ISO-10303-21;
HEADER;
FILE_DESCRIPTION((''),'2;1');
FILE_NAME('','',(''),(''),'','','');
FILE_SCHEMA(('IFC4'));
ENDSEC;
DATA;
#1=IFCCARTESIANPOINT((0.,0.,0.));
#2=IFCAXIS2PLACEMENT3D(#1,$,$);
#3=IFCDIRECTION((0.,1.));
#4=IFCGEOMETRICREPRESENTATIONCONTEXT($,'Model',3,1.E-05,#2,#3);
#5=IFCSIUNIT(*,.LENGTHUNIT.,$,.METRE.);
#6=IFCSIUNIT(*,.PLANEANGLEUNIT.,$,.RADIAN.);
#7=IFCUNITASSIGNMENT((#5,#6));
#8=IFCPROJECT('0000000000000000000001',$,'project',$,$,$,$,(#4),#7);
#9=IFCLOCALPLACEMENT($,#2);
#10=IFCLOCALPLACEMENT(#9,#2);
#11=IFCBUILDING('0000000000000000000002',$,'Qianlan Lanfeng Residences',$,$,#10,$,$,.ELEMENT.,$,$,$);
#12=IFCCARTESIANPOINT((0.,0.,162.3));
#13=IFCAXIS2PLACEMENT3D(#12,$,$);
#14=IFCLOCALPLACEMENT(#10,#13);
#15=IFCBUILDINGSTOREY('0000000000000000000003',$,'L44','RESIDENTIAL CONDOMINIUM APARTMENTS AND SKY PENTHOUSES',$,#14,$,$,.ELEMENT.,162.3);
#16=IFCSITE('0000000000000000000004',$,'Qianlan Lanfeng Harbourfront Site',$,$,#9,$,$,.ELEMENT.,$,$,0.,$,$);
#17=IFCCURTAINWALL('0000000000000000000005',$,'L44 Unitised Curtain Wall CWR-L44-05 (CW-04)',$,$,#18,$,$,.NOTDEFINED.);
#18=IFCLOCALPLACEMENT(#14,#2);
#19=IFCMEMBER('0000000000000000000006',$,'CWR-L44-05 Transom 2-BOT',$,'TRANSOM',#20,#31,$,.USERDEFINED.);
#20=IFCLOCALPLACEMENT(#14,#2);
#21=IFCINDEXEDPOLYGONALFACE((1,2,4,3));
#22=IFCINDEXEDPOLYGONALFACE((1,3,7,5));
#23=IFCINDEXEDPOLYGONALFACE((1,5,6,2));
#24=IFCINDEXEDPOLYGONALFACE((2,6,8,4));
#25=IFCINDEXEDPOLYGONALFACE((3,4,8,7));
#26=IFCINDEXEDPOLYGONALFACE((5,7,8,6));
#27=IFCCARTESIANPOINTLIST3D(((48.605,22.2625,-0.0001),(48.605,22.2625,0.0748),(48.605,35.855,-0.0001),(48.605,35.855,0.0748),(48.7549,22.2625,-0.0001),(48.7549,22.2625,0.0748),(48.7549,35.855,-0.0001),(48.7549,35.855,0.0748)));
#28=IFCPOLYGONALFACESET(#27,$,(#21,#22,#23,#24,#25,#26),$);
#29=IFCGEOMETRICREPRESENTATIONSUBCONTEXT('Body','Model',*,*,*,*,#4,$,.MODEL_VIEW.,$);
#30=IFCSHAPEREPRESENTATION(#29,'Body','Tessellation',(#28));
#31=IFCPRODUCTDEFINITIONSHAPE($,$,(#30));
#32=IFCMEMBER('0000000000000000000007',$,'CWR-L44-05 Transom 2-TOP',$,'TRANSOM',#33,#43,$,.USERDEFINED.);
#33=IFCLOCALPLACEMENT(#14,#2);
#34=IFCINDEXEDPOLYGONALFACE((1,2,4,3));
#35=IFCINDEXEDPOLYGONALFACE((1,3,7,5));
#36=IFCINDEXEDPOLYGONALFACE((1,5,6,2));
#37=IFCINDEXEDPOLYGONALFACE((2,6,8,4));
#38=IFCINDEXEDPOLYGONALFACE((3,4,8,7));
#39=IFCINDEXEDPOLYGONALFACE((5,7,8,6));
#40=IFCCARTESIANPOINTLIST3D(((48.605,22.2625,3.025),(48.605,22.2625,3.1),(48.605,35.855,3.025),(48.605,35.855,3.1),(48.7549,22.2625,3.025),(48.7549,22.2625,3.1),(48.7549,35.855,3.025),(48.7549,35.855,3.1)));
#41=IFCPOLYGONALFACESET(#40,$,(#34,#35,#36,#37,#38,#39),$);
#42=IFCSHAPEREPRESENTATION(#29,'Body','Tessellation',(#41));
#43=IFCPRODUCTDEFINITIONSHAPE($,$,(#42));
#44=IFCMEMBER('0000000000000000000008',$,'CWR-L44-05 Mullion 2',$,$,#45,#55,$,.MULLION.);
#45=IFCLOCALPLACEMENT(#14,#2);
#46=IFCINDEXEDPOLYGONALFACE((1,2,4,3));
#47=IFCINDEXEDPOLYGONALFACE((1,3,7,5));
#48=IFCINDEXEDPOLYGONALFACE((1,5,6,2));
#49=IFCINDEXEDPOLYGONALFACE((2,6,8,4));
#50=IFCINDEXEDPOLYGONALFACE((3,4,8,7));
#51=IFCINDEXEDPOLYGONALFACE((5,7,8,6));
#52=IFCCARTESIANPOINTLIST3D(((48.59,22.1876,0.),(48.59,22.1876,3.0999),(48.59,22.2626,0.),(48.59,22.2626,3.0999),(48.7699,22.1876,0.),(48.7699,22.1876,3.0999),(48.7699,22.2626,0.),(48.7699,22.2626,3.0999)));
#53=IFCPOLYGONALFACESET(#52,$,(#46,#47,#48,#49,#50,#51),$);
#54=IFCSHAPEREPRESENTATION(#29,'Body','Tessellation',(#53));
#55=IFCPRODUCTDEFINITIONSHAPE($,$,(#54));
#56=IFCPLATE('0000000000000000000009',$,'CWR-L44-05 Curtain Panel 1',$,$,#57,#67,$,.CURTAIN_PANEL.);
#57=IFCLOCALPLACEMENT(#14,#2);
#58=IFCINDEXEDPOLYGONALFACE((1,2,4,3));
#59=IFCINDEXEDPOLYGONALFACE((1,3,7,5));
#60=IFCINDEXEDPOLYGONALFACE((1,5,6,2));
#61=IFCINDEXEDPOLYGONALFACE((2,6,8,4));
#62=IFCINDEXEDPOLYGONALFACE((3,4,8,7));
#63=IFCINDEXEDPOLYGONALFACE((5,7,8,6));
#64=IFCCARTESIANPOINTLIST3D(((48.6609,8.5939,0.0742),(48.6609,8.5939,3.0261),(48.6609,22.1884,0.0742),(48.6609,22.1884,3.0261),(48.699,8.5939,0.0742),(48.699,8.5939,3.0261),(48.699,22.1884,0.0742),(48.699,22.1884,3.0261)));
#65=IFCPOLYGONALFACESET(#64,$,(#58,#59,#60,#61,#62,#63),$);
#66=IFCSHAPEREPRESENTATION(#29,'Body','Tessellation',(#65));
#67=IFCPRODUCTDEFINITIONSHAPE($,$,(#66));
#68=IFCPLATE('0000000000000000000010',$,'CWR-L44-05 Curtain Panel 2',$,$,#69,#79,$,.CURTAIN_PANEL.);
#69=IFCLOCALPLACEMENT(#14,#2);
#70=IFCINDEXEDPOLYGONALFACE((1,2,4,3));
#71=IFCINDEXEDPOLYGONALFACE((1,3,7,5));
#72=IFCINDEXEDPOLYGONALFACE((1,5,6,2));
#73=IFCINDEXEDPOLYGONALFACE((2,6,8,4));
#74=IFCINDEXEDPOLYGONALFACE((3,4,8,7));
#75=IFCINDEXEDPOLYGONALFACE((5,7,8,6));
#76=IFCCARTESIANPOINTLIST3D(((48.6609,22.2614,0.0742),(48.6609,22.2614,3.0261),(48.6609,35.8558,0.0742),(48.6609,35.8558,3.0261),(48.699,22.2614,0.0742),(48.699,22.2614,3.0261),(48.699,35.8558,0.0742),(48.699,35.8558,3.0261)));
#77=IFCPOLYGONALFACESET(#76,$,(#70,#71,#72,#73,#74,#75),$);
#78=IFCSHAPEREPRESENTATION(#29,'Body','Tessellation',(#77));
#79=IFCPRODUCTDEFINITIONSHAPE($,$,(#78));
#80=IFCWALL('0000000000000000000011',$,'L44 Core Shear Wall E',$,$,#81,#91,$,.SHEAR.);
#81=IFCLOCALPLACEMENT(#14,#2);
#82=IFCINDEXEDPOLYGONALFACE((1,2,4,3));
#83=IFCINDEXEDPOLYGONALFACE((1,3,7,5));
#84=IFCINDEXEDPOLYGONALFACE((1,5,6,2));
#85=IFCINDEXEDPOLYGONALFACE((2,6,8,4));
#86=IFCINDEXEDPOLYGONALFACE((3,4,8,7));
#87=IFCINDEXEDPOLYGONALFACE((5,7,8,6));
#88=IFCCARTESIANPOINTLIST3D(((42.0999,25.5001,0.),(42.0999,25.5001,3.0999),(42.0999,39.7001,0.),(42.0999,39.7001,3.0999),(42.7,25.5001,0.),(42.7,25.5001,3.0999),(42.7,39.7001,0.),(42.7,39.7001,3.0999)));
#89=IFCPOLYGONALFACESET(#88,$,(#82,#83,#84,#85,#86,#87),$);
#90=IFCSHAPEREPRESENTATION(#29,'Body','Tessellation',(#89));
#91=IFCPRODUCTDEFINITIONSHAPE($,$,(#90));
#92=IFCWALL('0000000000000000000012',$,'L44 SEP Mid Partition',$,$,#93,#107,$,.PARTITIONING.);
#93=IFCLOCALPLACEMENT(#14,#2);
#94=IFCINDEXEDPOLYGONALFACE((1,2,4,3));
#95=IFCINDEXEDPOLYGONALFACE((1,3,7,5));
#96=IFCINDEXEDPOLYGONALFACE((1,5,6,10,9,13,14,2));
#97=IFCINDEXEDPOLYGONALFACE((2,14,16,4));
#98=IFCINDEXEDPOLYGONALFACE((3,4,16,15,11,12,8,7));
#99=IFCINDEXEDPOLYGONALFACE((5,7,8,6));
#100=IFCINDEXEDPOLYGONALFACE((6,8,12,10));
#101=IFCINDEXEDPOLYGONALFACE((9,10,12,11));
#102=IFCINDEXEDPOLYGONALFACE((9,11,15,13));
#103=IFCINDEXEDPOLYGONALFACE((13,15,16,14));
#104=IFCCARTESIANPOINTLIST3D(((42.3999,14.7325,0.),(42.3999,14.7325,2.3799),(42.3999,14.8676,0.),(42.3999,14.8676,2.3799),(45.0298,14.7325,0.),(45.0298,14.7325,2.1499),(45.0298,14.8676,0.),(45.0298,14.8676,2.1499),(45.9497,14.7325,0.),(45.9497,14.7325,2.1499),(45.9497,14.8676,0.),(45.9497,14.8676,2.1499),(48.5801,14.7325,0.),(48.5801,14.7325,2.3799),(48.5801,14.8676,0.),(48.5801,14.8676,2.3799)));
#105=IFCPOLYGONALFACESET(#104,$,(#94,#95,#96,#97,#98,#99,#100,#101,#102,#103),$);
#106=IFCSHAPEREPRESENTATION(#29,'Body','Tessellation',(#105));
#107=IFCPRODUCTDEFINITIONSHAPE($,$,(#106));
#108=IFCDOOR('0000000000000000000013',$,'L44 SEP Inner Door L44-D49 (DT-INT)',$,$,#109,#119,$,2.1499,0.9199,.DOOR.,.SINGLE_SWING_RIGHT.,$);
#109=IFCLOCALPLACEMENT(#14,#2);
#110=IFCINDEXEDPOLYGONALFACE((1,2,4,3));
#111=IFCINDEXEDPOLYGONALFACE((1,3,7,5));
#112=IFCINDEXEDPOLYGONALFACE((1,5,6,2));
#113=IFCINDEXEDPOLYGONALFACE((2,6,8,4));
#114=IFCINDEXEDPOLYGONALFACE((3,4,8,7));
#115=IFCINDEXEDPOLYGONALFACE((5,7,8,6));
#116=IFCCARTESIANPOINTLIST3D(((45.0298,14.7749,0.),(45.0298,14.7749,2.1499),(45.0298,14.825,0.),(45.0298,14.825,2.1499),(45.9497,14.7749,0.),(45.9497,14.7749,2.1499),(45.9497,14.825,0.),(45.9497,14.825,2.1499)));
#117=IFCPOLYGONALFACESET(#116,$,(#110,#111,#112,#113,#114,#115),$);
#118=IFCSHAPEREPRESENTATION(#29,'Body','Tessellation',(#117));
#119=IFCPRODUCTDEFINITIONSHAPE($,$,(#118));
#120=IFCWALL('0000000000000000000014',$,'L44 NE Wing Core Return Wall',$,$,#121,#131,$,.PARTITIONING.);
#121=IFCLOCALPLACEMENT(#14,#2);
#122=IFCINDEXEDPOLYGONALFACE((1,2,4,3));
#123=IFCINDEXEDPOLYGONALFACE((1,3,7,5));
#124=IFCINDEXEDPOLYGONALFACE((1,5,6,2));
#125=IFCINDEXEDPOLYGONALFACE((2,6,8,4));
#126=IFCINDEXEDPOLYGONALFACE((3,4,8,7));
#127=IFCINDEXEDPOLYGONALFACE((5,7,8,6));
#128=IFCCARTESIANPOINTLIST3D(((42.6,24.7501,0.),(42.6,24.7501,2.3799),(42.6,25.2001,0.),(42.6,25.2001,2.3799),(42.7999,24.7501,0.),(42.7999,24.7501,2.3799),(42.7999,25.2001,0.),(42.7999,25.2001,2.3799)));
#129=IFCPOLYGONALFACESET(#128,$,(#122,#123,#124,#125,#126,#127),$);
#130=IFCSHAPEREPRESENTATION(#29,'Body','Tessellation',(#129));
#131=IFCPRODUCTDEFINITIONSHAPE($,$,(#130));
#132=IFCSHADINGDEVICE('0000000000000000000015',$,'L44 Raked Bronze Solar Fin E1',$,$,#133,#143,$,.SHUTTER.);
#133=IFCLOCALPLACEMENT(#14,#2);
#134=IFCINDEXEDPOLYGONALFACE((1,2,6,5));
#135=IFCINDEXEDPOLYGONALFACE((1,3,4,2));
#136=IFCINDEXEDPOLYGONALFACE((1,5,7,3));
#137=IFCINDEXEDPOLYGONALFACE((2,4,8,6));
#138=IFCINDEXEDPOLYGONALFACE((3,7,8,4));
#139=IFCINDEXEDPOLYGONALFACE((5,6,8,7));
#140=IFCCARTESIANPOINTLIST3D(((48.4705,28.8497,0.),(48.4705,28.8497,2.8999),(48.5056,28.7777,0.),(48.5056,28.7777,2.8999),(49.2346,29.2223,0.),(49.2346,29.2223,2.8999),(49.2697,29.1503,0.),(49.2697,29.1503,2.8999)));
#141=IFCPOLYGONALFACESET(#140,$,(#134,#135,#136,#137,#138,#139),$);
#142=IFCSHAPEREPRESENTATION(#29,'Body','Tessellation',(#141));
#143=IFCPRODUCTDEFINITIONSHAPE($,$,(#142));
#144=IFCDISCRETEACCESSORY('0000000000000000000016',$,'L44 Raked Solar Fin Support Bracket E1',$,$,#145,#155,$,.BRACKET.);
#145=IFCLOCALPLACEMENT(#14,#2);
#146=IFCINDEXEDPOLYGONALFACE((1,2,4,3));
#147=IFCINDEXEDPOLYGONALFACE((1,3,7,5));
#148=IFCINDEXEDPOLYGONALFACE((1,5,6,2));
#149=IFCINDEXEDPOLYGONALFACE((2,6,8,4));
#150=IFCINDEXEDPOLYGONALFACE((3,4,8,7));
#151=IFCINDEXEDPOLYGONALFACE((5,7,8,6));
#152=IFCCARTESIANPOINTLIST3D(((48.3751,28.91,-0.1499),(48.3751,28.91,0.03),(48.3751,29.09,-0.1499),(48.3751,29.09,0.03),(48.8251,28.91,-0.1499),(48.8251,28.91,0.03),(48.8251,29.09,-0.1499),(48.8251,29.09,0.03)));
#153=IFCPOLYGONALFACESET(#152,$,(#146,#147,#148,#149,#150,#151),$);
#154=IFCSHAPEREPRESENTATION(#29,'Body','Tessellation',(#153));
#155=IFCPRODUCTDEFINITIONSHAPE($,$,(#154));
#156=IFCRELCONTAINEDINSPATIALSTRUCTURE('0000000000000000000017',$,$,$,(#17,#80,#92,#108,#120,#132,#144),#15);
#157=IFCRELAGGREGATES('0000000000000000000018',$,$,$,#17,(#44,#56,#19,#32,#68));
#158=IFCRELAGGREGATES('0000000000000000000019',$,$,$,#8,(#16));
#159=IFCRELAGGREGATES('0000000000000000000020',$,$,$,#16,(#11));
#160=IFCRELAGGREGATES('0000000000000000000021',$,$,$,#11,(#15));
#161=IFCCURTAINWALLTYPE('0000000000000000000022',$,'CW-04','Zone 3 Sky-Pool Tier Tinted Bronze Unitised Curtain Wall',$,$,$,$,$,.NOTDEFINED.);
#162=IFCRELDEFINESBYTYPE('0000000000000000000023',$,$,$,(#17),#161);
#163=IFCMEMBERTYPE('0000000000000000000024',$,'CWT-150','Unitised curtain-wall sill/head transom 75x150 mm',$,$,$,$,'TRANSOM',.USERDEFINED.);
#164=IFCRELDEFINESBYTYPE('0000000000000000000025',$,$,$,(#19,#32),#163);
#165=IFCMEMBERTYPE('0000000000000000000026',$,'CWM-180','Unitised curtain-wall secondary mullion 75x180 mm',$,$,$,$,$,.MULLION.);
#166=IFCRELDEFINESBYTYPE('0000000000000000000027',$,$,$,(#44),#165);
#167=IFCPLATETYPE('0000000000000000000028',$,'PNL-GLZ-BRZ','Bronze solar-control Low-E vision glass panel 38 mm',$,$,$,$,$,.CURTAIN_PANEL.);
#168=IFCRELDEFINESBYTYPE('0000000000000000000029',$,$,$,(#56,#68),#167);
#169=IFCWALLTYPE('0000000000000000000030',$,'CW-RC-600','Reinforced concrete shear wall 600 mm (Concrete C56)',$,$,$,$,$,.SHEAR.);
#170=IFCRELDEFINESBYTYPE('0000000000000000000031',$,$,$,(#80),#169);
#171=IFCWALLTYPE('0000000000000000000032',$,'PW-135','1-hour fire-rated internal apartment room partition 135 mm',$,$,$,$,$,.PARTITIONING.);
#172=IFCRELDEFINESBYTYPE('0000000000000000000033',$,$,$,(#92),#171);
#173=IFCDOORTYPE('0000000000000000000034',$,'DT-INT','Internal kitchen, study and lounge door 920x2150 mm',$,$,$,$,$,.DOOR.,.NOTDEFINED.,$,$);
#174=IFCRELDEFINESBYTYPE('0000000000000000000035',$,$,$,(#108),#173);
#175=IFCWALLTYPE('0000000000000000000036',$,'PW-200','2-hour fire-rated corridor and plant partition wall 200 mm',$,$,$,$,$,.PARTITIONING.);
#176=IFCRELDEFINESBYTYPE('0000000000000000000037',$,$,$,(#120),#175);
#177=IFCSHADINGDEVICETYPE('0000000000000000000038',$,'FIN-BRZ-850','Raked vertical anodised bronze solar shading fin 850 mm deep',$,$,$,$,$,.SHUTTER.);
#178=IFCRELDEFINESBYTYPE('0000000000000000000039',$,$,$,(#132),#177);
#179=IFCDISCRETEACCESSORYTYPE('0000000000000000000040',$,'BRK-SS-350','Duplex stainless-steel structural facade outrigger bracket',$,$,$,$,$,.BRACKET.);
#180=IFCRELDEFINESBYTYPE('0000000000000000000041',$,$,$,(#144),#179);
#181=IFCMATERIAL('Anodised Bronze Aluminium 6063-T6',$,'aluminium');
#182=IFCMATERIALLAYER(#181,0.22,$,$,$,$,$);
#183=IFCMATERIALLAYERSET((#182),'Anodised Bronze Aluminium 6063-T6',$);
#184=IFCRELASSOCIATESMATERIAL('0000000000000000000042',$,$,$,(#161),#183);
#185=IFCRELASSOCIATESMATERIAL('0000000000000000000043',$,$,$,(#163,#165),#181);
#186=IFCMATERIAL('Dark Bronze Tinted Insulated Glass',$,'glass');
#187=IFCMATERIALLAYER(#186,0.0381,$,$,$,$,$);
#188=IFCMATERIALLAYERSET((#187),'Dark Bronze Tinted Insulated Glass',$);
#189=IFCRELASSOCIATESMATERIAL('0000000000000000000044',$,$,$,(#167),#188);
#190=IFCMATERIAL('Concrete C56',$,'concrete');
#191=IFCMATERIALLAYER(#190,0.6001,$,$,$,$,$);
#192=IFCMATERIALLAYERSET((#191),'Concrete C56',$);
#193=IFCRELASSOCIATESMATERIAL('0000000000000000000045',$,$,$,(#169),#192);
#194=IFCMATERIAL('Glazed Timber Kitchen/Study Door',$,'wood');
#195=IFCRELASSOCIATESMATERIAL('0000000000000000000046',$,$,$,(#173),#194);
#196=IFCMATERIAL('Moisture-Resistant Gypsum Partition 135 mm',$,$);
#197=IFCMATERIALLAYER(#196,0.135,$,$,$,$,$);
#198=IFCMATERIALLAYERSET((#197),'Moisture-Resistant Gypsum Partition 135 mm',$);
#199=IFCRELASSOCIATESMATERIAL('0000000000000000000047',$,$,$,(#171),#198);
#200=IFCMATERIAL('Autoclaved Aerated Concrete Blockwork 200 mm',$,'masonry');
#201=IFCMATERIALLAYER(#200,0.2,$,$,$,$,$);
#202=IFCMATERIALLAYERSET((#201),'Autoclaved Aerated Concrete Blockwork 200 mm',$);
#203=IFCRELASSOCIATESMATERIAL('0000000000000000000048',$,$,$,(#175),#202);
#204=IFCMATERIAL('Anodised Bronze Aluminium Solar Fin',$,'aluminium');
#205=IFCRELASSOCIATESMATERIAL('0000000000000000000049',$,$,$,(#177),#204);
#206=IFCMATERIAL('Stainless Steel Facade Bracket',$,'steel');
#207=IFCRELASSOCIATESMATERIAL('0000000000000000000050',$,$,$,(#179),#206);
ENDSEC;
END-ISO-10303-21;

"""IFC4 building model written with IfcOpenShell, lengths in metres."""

from ifc_helpers import new_model, si_unit, direction, frame, frame_2d, origin, origin_2d, place, context, subcontext, project, spatial, rectangle, extrude, source, transform, mapped, material, layer, layer_set, material_profile, profile_set, type_object, element, fill, aggregate, save


model = new_model("IFC4")

# Units and contexts
model_context = context("Model", 3, precision=1e-05, world=origin(), true_north=direction((0.0, 1.0)))
body_context = subcontext(model_context, "Body", "Model", "MODEL_VIEW")
ifc_project = project(units=[si_unit("LENGTHUNIT", "METRE"), si_unit("PLANEANGLEUNIT", "RADIAN")], contexts=[model_context])

# Site, building, storey
site_placement = place(None, origin())
site = spatial("IfcSite", under=ifc_project, at=site_placement, Name="Qianlan Lanfeng Harbourfront Site", CompositionType="ELEMENT", RefElevation=0.0)
building_placement = place(site_placement, origin())
building = spatial("IfcBuilding", under=site, at=building_placement, Name="Qianlan Lanfeng Residences", CompositionType="ELEMENT")
storey_placement = place(building_placement, frame((0.0, 0.0, 162.3)))
storey = spatial("IfcBuildingStorey", under=building, at=storey_placement, Name="L44", Description="RESIDENTIAL CONDOMINIUM APARTMENTS AND SKY PENTHOUSES", CompositionType="ELEMENT", Elevation=162.3)

# Curtain wall, members, plates
ifc_material_1 = material(Name="Anodised Bronze Aluminium 6063-T6", Category="aluminium")
ifc_layer_1 = layer(ifc_material_1, 0.22)
ifc_layer_set_1 = layer_set([ifc_layer_1], Name="Anodised Bronze Aluminium 6063-T6")
curtain_wall_type = type_object("IfcCurtainWallType", Name="CW-04", Description="Zone 3 Sky-Pool Tier Tinted Bronze Unitised Curtain Wall", PredefinedType="NOTDEFINED", material=ifc_layer_set_1)
curtain_wall_placement = place(storey_placement, origin())
curtain_wall = element("IfcCurtainWall", 1, at=curtain_wall_placement, inside=storey, type_object=curtain_wall_type, Name="L44 Unitised Curtain Wall CWR-L44-05 (CW-04)", PredefinedType="NOTDEFINED")
ifc_material_profile_1 = material_profile(ifc_material_1, rectangle(XDim=0.075, YDim=0.1499, at=origin_2d()), Name="ALU TRANSOM 75x150")
ifc_profile_set_1 = profile_set([ifc_material_profile_1], Name="Anodised Bronze Aluminium 6063-T6")
member_type_1 = type_object("IfcMemberType", Name="CWT-150", Description="Unitised curtain-wall sill/head transom 75x150 mm", ElementType="TRANSOM", PredefinedType="USERDEFINED", material=ifc_profile_set_1)
shared_shape_1 = source(origin(), body_context, "Body", "SweptSolid", [
    extrude(rectangle(XDim=0.075, YDim=0.1499, at=origin_2d()), origin(), (0.0, 0.0, 1.0), 13.5925),
])
member_1_placement = place(storey_placement, frame((48.6799, 22.2625, 0.0374), z_axis=(0.0, 1.0, 0.0), x_axis=(0.0, 0.0, 1.0)))
member_1 = element("IfcMember", 2, at=member_1_placement, type_object=member_type_1, Name="CWR-L44-05 Transom 2-BOT", ObjectType="TRANSOM", PredefinedType="USERDEFINED", context=body_context, shape_type="MappedRepresentation", body=[
    mapped(shared_shape_1, transform((0.0, 0.0, 0.0), scale=1.0)),
])
member_2_placement = place(storey_placement, frame((48.6799, 22.2625, 3.0625), z_axis=(0.0, 1.0, 0.0), x_axis=(0.0, 0.0, 1.0)))
member_2 = element("IfcMember", 3, at=member_2_placement, type_object=member_type_1, Name="CWR-L44-05 Transom 2-TOP", ObjectType="TRANSOM", PredefinedType="USERDEFINED", context=body_context, shape_type="MappedRepresentation", body=[
    mapped(shared_shape_1, transform((0.0, 0.0, 0.0), scale=1.0)),
])
ifc_material_profile_2 = material_profile(ifc_material_1, rectangle(XDim=0.075, YDim=0.1799, at=origin_2d()), Name="ALU MULLION 75x180")
ifc_profile_set_2 = profile_set([ifc_material_profile_2], Name="Anodised Bronze Aluminium 6063-T6")
member_type_2 = type_object("IfcMemberType", Name="CWM-180", Description="Unitised curtain-wall secondary mullion 75x180 mm", PredefinedType="MULLION", material=ifc_profile_set_2)
shared_shape_2 = source(origin(), body_context, "Body", "SweptSolid", [
    extrude(rectangle(XDim=0.075, YDim=0.1799, at=origin_2d()), origin(), (0.0, 0.0, 1.0), 3.0999),
])
member_3_placement = place(storey_placement, frame((48.6799, 22.2251, 0.0), z_axis=(0.0, 0.0, 1.0), x_axis=(0.0, 1.0, 0.0)))
member_3 = element("IfcMember", 4, at=member_3_placement, type_object=member_type_2, Name="CWR-L44-05 Mullion 2", PredefinedType="MULLION", context=body_context, shape_type="MappedRepresentation", body=[
    mapped(shared_shape_2, transform((0.0, 0.0, 0.0), scale=1.0)),
])
ifc_material_2 = material(Name="Dark Bronze Tinted Insulated Glass", Category="glass")
ifc_layer_2 = layer(ifc_material_2, 0.0381)
ifc_layer_set_2 = layer_set([ifc_layer_2], Name="Dark Bronze Tinted Insulated Glass")
plate_type = type_object("IfcPlateType", Name="PNL-GLZ-BRZ", Description="Bronze solar-control Low-E vision glass panel 38 mm", PredefinedType="CURTAIN_PANEL", material=ifc_layer_set_2)
shared_shape_3 = source(origin(), body_context, "Body", "SweptSolid", [
    extrude(rectangle(XDim=13.5945, YDim=0.0381, at=origin_2d()), origin(), (0.0, 0.0, 1.0), 2.9519),
])
plate_1_placement = place(storey_placement, frame((48.6799, 15.3911, 0.0742), z_axis=(0.0, 0.0, 1.0), x_axis=(0.0, 1.0, 0.0)))
plate_1 = element("IfcPlate", 5, at=plate_1_placement, type_object=plate_type, Name="CWR-L44-05 Curtain Panel 1", PredefinedType="CURTAIN_PANEL", context=body_context, shape_type="MappedRepresentation", body=[
    mapped(shared_shape_3, transform((0.0, 0.0, 0.0), scale=1.0)),
])
plate_2_placement = place(storey_placement, frame((48.6799, 29.0586, 0.0742), z_axis=(0.0, 0.0, 1.0), x_axis=(0.0, 1.0, 0.0)))
plate_2 = element("IfcPlate", 6, at=plate_2_placement, type_object=plate_type, Name="CWR-L44-05 Curtain Panel 2", PredefinedType="CURTAIN_PANEL", context=body_context, shape_type="MappedRepresentation", body=[
    mapped(shared_shape_3, transform((0.0, 0.0, 0.0), scale=1.0)),
])
aggregate(curtain_wall, [member_3, plate_1, member_1, member_2, plate_2])

# Wall
ifc_material_3 = material(Name="Concrete C56", Category="concrete")
ifc_layer_3 = layer(ifc_material_3, 0.6001)
ifc_layer_set_3 = layer_set([ifc_layer_3], Name="Concrete C56")
wall_type_1 = type_object("IfcWallType", Name="CW-RC-600", Description="Reinforced concrete shear wall 600 mm (Concrete C56)", PredefinedType="SHEAR", material=ifc_layer_set_3)
wall_1_placement = place(storey_placement, frame((42.3999, 25.5, 0.0), z_axis=(0.0, 0.0, 1.0), x_axis=(0.0, 1.0, 0.0)))
element("IfcWall", 7, at=wall_1_placement, inside=storey, type_object=wall_type_1, Name="L44 Core Shear Wall E", PredefinedType="SHEAR", context=body_context, shape_type="SweptSolid", body=[
    extrude(rectangle(XDim=14.2, YDim=0.6001, at=frame_2d((7.1001, 0.0))), origin(), (0.0, 0.0, 1.0), 3.0999),
])

# Wall, opening, door
ifc_material_4 = material(Name="Glazed Timber Kitchen/Study Door", Category="wood")
door_type = type_object("IfcDoorType", Name="DT-INT", Description="Internal kitchen, study and lounge door 920x2150 mm", OperationType="NOTDEFINED", PredefinedType="DOOR", material=ifc_material_4)
ifc_material_5 = material(Name="Moisture-Resistant Gypsum Partition 135 mm")
ifc_layer_4 = layer(ifc_material_5, 0.135)
ifc_layer_set_4 = layer_set([ifc_layer_4], Name="Moisture-Resistant Gypsum Partition 135 mm")
wall_type_2 = type_object("IfcWallType", Name="PW-135", Description="1-hour fire-rated internal apartment room partition 135 mm", PredefinedType="PARTITIONING", material=ifc_layer_set_4)
wall_2_placement = place(storey_placement, frame((42.3999, 14.8, 0.0), z_axis=(0.0, 0.0, 1.0), x_axis=(1.0, 0.0, 0.0)))
wall_2 = element("IfcWall", 8, at=wall_2_placement, inside=storey, type_object=wall_type_2, Name="L44 SEP Mid Partition", PredefinedType="PARTITIONING", context=body_context, shape_type="SweptSolid", body=[
    extrude(rectangle(XDim=6.1802, YDim=0.135, at=frame_2d((3.0901, 0.0))), origin(), (0.0, 0.0, 1.0), 2.3799),
])
opening_1_placement = place(wall_2_placement, frame((2.6299, 0.0, 0.0)))
opening_1 = element("IfcOpeningElement", 9, at=opening_1_placement, cuts=wall_2, PredefinedType="OPENING", context=body_context, shape_type="SweptSolid", body=[
    extrude(rectangle(XDim=0.9199, YDim=2.1499, at=frame_2d((0.46, 1.075))), frame((0.0, 0.0776, 0.0), z_axis=(0.0, -1.0, 0.0), x_axis=(1.0, 0.0, 0.0)), (0.0, 0.0, 1.0), 0.155),
])
door_1_placement = place(opening_1_placement, origin())
door_1 = element("IfcDoor", 10, at=door_1_placement, inside=storey, type_object=door_type, Name="L44 SEP Inner Door L44-D49 (DT-INT)", OperationType="SINGLE_SWING_RIGHT", OverallHeight=2.1499, OverallWidth=0.9199, PredefinedType="DOOR", context=body_context, shape_type="SweptSolid", body=[
    extrude(rectangle(XDim=0.9199, YDim=2.1499, at=frame_2d((0.46, 1.075))), frame((0.0, 0.0249, 0.0), z_axis=(0.0, -1.0, 0.0), x_axis=(1.0, 0.0, 0.0)), (0.0, 0.0, 1.0), 0.05),
])
fill(opening_1, door_1)
ifc_material_6 = material(Name="Autoclaved Aerated Concrete Blockwork 200 mm", Category="masonry")
ifc_layer_5 = layer(ifc_material_6, 0.2)
ifc_layer_set_5 = layer_set([ifc_layer_5], Name="Autoclaved Aerated Concrete Blockwork 200 mm")
wall_type_3 = type_object("IfcWallType", Name="PW-200", Description="2-hour fire-rated corridor and plant partition wall 200 mm", PredefinedType="PARTITIONING", material=ifc_layer_set_5)

# Wall
wall_3_placement = place(storey_placement, frame((42.7, 24.75, 0.0), z_axis=(0.0, 0.0, 1.0), x_axis=(0.0, 1.0, 0.0)))
element("IfcWall", 11, at=wall_3_placement, inside=storey, type_object=wall_type_3, Name="L44 NE Wing Core Return Wall", PredefinedType="PARTITIONING", context=body_context, shape_type="SweptSolid", body=[
    extrude(rectangle(XDim=0.45, YDim=0.2, at=frame_2d((0.2251, 0.0))), origin(), (0.0, 0.0, 1.0), 2.3799),
])

# Shading device
ifc_material_7 = material(Name="Anodised Bronze Aluminium Solar Fin", Category="aluminium")
shading_device_type = type_object("IfcShadingDeviceType", Name="FIN-BRZ-850", Description="Raked vertical anodised bronze solar shading fin 850 mm deep", PredefinedType="SHUTTER", material=ifc_material_7)
shared_shape_4 = source(origin(), body_context, "Body", "SweptSolid", [
    extrude(rectangle(XDim=0.8501, YDim=0.0801, at=origin_2d()), origin(), (0.0, 0.0, 1.0), 2.8999),
])
shading_device_placement = place(storey_placement, frame((48.8701, 29.0, 0.0), z_axis=(0.0, 0.0, 1.0), x_axis=(0.898794, 0.438371, 0.0)))
element("IfcShadingDevice", 12, at=shading_device_placement, inside=storey, type_object=shading_device_type, Name="L44 Raked Bronze Solar Fin E1", PredefinedType="SHUTTER", context=body_context, shape_type="MappedRepresentation", body=[
    mapped(shared_shape_4, transform((0.0, 0.0, 0.0), scale=1.0)),
])

# Discrete accessory
ifc_material_8 = material(Name="Stainless Steel Facade Bracket", Category="steel")
discrete_accessory_type = type_object("IfcDiscreteAccessoryType", Name="BRK-SS-350", Description="Duplex stainless-steel structural facade outrigger bracket", PredefinedType="BRACKET", material=ifc_material_8)
shared_shape_5 = source(origin(), body_context, "Body", "SweptSolid", [
    extrude(rectangle(XDim=0.45, YDim=0.1799, at=origin_2d()), origin(), (0.0, 0.0, 1.0), 0.1799),
])
discrete_accessory_placement = place(storey_placement, frame((48.6001, 29.0, -0.1499), z_axis=(0.0, 0.0, 1.0), x_axis=(1.0, 0.0, 0.0)))
element("IfcDiscreteAccessory", 13, at=discrete_accessory_placement, inside=storey, type_object=discrete_accessory_type, Name="L44 Raked Solar Fin Support Bracket E1", PredefinedType="BRACKET", context=body_context, shape_type="MappedRepresentation", body=[
    mapped(shared_shape_5, transform((0.0, 0.0, 0.0), scale=1.0)),
])

save(model, "model.ifc")
